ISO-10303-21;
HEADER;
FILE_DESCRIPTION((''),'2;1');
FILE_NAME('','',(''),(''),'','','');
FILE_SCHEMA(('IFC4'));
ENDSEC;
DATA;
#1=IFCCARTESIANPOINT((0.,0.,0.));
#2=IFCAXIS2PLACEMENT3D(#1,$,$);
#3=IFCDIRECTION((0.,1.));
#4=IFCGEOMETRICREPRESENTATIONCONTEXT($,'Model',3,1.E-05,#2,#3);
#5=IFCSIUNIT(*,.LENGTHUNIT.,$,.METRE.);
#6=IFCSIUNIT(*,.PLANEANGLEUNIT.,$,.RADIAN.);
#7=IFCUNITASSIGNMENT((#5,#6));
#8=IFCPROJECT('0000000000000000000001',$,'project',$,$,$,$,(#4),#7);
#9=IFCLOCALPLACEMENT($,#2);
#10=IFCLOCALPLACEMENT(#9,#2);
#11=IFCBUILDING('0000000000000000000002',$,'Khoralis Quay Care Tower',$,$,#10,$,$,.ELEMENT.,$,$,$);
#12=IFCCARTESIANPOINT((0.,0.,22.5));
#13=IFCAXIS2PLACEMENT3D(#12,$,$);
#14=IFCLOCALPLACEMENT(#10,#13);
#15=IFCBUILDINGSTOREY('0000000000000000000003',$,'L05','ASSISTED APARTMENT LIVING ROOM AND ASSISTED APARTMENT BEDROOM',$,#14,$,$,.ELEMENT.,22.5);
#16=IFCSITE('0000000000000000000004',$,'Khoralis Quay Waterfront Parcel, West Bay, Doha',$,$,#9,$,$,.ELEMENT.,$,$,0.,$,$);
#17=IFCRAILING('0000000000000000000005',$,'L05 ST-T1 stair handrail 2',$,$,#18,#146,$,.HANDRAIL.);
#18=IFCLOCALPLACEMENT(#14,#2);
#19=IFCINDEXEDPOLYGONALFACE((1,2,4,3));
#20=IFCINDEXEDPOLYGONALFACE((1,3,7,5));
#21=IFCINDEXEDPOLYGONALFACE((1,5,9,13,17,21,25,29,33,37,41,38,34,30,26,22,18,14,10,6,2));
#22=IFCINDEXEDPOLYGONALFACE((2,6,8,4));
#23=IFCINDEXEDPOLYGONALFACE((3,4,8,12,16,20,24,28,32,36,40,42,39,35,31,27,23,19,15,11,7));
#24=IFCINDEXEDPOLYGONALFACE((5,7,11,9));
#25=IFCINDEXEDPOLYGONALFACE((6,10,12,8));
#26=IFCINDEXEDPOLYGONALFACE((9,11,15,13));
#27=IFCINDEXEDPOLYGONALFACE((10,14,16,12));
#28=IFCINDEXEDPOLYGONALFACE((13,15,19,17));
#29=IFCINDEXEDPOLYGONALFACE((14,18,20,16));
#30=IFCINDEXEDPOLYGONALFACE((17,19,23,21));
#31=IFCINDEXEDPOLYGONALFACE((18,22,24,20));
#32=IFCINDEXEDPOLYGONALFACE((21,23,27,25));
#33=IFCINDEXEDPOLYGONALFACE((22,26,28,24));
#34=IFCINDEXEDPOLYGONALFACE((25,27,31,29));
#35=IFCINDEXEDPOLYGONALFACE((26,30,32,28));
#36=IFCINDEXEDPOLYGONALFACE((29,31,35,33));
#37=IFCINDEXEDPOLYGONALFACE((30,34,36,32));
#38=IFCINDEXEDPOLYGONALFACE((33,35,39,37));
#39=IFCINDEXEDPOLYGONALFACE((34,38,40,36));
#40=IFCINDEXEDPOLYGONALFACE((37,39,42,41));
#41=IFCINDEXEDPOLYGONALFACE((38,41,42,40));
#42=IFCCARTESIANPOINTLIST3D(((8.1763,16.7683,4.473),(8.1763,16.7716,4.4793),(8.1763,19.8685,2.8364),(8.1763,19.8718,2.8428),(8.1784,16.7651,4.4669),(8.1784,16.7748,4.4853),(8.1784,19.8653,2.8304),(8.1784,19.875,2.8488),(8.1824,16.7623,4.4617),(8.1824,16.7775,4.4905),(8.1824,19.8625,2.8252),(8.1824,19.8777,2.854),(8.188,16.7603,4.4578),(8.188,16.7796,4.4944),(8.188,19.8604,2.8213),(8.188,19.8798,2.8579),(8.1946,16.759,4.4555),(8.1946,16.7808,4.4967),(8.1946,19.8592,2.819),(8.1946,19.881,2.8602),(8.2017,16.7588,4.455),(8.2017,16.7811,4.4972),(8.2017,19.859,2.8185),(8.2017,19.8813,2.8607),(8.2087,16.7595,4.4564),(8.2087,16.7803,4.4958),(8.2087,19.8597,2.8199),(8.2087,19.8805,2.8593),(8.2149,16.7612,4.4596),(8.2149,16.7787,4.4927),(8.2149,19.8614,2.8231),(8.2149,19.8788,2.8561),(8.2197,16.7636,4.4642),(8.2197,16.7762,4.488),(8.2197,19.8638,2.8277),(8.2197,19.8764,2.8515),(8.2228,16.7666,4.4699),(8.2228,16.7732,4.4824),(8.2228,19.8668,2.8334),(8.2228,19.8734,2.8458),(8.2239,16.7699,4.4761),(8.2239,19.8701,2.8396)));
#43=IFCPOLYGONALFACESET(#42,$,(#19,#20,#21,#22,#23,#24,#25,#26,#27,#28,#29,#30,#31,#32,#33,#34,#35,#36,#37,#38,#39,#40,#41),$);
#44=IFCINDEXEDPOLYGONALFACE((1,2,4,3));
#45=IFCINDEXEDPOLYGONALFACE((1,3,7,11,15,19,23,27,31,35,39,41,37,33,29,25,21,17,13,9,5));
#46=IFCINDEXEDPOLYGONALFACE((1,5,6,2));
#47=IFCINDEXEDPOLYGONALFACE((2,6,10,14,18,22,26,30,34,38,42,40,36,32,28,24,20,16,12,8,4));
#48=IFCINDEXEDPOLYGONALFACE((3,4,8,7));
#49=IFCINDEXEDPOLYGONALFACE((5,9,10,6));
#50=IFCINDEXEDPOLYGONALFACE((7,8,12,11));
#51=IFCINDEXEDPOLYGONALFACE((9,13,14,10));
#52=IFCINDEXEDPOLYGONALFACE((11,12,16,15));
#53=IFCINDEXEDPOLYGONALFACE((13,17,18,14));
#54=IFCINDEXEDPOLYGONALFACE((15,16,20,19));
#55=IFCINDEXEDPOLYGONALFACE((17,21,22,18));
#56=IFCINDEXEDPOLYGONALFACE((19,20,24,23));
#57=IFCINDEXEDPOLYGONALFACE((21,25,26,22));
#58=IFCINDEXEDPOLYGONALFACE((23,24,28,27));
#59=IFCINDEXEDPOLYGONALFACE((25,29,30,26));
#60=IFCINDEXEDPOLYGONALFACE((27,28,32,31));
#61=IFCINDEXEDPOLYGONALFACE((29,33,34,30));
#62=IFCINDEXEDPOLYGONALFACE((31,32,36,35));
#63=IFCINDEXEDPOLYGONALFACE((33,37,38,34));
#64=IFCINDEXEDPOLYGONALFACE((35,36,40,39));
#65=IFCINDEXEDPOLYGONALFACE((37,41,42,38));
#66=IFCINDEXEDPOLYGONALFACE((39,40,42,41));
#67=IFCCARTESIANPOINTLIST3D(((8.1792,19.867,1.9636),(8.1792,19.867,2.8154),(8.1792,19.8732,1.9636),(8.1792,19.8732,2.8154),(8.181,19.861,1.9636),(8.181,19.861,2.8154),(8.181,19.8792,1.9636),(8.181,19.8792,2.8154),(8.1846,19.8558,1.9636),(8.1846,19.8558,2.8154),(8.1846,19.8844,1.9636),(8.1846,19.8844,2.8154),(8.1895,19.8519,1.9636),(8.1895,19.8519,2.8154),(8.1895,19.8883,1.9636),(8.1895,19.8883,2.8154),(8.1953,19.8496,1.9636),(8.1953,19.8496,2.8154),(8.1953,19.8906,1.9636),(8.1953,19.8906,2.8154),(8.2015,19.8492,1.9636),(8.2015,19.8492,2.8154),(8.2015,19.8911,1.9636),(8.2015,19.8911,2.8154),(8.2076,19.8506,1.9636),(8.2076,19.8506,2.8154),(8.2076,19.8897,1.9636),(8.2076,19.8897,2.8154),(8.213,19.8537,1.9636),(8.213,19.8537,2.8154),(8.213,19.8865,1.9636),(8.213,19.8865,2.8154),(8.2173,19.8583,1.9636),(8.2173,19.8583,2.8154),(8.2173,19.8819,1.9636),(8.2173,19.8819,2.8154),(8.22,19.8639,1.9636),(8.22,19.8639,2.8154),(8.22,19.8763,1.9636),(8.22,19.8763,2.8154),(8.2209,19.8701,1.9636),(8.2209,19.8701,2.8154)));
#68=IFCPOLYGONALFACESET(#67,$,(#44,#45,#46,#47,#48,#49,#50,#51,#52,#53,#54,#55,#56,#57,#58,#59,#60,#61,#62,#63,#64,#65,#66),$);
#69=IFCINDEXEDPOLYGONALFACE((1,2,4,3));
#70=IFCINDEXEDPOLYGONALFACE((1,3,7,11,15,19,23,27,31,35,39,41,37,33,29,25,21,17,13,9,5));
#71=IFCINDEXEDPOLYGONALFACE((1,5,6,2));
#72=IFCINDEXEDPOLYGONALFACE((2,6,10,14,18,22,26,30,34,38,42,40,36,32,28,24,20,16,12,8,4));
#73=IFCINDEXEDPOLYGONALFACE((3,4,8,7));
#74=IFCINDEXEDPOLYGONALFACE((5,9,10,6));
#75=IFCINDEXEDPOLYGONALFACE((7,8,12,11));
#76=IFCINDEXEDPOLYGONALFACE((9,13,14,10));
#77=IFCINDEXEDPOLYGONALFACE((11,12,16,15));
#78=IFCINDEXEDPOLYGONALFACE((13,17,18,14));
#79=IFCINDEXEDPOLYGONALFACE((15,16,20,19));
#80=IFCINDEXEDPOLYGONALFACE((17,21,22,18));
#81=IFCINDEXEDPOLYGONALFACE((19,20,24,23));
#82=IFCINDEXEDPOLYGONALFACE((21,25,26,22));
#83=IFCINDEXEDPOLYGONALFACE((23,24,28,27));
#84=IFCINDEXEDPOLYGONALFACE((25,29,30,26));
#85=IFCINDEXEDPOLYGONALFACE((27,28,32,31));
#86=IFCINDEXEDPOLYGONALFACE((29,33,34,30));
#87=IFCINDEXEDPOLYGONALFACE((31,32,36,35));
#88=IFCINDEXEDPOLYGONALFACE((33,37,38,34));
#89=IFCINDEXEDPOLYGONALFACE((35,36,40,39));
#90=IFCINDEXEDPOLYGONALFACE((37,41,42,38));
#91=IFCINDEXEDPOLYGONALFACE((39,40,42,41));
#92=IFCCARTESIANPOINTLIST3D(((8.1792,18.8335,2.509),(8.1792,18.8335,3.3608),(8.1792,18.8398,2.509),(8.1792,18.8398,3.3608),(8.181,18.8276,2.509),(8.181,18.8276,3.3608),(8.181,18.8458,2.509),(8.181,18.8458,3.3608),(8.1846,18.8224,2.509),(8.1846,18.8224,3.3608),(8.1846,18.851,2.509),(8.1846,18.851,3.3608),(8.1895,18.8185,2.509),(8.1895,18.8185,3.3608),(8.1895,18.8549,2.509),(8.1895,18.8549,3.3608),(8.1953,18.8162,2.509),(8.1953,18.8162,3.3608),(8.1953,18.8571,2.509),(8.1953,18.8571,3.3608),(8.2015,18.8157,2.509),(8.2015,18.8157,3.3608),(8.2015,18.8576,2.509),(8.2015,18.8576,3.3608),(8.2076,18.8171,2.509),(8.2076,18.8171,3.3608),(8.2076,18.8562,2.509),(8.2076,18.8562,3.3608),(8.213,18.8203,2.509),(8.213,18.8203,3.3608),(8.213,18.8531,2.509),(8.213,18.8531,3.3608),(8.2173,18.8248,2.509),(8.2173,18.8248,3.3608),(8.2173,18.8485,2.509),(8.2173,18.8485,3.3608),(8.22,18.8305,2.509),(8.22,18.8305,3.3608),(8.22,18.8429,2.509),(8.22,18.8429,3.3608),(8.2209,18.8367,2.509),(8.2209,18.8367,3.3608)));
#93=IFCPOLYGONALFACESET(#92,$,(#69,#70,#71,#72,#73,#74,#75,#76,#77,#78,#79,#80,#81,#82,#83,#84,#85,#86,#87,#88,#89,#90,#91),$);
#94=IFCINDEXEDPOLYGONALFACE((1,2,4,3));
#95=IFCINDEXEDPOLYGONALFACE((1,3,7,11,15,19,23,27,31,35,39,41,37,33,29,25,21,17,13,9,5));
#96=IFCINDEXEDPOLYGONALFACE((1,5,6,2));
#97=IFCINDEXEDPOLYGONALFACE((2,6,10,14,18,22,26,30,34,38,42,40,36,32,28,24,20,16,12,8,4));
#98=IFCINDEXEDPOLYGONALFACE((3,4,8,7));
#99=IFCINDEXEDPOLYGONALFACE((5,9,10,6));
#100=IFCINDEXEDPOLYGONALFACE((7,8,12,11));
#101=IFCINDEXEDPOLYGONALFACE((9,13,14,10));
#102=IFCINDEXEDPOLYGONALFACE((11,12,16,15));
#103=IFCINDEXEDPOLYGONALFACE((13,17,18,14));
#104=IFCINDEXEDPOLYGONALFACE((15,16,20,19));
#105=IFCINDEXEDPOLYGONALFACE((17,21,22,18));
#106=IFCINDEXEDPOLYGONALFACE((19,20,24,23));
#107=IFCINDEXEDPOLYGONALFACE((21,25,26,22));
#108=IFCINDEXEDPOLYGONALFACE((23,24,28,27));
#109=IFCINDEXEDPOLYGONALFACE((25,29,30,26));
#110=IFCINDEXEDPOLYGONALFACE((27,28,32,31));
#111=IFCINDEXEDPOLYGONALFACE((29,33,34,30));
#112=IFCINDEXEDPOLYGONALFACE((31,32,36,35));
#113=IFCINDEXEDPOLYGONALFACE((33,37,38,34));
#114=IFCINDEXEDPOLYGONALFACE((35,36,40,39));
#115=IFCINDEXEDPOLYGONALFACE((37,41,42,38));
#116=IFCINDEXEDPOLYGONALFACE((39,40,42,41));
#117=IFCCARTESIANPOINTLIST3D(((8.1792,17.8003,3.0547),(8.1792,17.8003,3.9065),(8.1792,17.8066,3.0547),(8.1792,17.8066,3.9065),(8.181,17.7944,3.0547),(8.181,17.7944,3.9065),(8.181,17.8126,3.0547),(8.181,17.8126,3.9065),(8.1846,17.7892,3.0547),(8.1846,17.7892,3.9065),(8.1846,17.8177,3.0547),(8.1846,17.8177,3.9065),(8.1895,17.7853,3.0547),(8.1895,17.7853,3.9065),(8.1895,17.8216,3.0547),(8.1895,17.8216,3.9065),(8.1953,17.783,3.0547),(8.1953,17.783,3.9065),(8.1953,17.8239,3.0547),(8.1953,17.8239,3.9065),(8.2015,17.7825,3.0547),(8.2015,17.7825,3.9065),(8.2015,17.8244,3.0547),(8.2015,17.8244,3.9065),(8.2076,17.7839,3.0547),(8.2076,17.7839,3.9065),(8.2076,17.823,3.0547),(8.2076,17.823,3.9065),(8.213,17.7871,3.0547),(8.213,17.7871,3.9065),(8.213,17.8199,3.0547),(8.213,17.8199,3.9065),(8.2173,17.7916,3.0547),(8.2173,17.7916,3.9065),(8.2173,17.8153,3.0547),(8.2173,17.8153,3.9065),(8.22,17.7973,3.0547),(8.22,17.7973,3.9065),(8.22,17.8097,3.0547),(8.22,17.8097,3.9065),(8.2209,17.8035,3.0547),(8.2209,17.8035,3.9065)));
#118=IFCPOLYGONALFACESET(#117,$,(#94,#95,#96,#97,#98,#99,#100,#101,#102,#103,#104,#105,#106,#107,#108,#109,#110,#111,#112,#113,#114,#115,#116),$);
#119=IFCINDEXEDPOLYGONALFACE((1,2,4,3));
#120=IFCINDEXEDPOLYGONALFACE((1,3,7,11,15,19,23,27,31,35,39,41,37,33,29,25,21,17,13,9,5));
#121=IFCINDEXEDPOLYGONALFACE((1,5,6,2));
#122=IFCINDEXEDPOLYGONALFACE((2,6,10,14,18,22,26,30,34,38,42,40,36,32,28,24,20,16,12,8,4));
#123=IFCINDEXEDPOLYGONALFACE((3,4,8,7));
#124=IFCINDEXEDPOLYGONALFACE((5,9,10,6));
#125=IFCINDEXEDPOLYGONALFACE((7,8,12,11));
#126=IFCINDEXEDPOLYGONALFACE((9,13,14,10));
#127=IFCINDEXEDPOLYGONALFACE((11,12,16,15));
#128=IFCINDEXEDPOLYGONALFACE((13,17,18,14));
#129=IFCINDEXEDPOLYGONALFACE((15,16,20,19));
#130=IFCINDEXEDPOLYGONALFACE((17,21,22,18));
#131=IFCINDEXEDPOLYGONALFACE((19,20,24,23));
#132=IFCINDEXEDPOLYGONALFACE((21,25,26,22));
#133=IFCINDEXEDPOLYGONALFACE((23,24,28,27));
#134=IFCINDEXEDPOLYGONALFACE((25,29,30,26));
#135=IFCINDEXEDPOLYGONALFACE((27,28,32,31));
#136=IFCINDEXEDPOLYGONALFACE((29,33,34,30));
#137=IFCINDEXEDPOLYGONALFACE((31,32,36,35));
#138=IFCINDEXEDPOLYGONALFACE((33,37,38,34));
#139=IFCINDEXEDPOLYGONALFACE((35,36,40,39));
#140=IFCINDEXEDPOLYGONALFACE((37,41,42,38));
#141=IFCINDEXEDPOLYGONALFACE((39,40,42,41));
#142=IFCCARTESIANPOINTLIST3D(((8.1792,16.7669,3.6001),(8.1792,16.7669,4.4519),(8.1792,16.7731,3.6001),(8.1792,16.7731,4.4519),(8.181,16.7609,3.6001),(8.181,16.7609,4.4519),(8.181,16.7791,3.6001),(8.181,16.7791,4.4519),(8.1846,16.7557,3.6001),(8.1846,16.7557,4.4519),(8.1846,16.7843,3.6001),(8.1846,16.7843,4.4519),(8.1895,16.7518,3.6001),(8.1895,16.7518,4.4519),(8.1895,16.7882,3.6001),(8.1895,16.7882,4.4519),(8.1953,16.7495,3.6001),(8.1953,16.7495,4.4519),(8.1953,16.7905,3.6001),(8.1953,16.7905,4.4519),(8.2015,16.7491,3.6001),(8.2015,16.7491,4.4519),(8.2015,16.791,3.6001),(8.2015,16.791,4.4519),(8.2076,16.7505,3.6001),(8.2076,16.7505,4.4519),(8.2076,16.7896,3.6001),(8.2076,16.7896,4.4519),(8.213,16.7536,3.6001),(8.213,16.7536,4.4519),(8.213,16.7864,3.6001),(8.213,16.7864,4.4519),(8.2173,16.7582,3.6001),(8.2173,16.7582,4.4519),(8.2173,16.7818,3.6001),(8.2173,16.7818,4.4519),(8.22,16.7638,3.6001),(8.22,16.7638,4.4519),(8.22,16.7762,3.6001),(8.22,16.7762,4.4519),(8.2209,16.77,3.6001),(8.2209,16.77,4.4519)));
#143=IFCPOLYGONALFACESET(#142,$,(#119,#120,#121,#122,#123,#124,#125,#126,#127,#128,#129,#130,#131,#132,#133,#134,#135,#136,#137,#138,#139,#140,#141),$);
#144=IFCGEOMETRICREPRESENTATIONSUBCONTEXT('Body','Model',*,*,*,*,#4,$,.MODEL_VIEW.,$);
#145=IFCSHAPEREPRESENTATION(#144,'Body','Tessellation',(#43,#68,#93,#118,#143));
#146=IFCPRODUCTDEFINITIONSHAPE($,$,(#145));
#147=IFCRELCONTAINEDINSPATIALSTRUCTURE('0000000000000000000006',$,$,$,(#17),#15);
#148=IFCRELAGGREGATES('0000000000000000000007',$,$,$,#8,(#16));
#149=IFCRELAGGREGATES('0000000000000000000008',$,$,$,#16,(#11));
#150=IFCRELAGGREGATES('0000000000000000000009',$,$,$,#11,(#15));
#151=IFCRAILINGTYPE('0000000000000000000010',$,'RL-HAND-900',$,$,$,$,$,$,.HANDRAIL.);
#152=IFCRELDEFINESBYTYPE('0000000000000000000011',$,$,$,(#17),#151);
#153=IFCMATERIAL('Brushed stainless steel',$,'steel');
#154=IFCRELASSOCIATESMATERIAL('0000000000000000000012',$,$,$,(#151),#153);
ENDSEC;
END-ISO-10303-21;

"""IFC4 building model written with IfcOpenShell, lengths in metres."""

from ifc_helpers import new_model, si_unit, direction, frame, origin, origin_2d, place, context, subcontext, project, spatial, circle, extrude, material, type_object, element, save


model = new_model("IFC4")

# Units and contexts
model_context = context("Model", 3, precision=1e-05, world=origin(), true_north=direction((0.0, 1.0)))
body_context = subcontext(model_context, "Body", "Model", "MODEL_VIEW")
ifc_project = project(units=[si_unit("LENGTHUNIT", "METRE"), si_unit("PLANEANGLEUNIT", "RADIAN")], contexts=[model_context])

# Site, building, storey
site_placement = place(None, origin())
site = spatial("IfcSite", under=ifc_project, at=site_placement, Name="Khoralis Quay Waterfront Parcel, West Bay, Doha", CompositionType="ELEMENT", RefElevation=0.0)
building_placement = place(site_placement, origin())
building = spatial("IfcBuilding", under=site, at=building_placement, Name="Khoralis Quay Care Tower", CompositionType="ELEMENT")
storey_placement = place(building_placement, frame((0.0, 0.0, 22.5)))
storey = spatial("IfcBuildingStorey", under=building, at=storey_placement, Name="L05", Description="ASSISTED APARTMENT LIVING ROOM AND ASSISTED APARTMENT BEDROOM", CompositionType="ELEMENT", Elevation=22.5)

# Shared definitions
ifc_material_1 = material(Name="Brushed stainless steel", Category="steel")

# Railing
railing_type_1 = type_object("IfcRailingType", Name="RL-HAND-900", PredefinedType="HANDRAIL", material=ifc_material_1)
railing_1_placement = place(storey_placement, frame((8.2, 19.8701, 1.9636)))
element("IfcRailing", 1, at=railing_1_placement, inside=storey, type_object=railing_type_1, Name="L05 ST-T1 stair handrail 2", PredefinedType="HANDRAIL", context=body_context, shape_type="SweptSolid", body=[
    extrude(circle(Radius=0.0239, at=origin_2d()), frame((0.0, 0.0, 0.876), z_axis=(0.0, -0.884348, 0.466828), x_axis=(1.0, 0.0, 0.0)), (0.0, 0.0, 1.0), 3.5056),
    extrude(circle(Radius=0.021, at=origin_2d()), origin(), (0.0, 0.0, 1.0), 0.8518),
    extrude(circle(Radius=0.021, at=origin_2d()), frame((0.0, -1.0334, 0.5454)), (0.0, 0.0, 1.0), 0.8518),
    extrude(circle(Radius=0.021, at=origin_2d()), frame((0.0, -2.0667, 1.0911)), (0.0, 0.0, 1.0), 0.8518),
    extrude(circle(Radius=0.021, at=origin_2d()), frame((0.0, -3.1001, 1.6365)), (0.0, 0.0, 1.0), 0.8518),
])

save(model, "model.ifc")
